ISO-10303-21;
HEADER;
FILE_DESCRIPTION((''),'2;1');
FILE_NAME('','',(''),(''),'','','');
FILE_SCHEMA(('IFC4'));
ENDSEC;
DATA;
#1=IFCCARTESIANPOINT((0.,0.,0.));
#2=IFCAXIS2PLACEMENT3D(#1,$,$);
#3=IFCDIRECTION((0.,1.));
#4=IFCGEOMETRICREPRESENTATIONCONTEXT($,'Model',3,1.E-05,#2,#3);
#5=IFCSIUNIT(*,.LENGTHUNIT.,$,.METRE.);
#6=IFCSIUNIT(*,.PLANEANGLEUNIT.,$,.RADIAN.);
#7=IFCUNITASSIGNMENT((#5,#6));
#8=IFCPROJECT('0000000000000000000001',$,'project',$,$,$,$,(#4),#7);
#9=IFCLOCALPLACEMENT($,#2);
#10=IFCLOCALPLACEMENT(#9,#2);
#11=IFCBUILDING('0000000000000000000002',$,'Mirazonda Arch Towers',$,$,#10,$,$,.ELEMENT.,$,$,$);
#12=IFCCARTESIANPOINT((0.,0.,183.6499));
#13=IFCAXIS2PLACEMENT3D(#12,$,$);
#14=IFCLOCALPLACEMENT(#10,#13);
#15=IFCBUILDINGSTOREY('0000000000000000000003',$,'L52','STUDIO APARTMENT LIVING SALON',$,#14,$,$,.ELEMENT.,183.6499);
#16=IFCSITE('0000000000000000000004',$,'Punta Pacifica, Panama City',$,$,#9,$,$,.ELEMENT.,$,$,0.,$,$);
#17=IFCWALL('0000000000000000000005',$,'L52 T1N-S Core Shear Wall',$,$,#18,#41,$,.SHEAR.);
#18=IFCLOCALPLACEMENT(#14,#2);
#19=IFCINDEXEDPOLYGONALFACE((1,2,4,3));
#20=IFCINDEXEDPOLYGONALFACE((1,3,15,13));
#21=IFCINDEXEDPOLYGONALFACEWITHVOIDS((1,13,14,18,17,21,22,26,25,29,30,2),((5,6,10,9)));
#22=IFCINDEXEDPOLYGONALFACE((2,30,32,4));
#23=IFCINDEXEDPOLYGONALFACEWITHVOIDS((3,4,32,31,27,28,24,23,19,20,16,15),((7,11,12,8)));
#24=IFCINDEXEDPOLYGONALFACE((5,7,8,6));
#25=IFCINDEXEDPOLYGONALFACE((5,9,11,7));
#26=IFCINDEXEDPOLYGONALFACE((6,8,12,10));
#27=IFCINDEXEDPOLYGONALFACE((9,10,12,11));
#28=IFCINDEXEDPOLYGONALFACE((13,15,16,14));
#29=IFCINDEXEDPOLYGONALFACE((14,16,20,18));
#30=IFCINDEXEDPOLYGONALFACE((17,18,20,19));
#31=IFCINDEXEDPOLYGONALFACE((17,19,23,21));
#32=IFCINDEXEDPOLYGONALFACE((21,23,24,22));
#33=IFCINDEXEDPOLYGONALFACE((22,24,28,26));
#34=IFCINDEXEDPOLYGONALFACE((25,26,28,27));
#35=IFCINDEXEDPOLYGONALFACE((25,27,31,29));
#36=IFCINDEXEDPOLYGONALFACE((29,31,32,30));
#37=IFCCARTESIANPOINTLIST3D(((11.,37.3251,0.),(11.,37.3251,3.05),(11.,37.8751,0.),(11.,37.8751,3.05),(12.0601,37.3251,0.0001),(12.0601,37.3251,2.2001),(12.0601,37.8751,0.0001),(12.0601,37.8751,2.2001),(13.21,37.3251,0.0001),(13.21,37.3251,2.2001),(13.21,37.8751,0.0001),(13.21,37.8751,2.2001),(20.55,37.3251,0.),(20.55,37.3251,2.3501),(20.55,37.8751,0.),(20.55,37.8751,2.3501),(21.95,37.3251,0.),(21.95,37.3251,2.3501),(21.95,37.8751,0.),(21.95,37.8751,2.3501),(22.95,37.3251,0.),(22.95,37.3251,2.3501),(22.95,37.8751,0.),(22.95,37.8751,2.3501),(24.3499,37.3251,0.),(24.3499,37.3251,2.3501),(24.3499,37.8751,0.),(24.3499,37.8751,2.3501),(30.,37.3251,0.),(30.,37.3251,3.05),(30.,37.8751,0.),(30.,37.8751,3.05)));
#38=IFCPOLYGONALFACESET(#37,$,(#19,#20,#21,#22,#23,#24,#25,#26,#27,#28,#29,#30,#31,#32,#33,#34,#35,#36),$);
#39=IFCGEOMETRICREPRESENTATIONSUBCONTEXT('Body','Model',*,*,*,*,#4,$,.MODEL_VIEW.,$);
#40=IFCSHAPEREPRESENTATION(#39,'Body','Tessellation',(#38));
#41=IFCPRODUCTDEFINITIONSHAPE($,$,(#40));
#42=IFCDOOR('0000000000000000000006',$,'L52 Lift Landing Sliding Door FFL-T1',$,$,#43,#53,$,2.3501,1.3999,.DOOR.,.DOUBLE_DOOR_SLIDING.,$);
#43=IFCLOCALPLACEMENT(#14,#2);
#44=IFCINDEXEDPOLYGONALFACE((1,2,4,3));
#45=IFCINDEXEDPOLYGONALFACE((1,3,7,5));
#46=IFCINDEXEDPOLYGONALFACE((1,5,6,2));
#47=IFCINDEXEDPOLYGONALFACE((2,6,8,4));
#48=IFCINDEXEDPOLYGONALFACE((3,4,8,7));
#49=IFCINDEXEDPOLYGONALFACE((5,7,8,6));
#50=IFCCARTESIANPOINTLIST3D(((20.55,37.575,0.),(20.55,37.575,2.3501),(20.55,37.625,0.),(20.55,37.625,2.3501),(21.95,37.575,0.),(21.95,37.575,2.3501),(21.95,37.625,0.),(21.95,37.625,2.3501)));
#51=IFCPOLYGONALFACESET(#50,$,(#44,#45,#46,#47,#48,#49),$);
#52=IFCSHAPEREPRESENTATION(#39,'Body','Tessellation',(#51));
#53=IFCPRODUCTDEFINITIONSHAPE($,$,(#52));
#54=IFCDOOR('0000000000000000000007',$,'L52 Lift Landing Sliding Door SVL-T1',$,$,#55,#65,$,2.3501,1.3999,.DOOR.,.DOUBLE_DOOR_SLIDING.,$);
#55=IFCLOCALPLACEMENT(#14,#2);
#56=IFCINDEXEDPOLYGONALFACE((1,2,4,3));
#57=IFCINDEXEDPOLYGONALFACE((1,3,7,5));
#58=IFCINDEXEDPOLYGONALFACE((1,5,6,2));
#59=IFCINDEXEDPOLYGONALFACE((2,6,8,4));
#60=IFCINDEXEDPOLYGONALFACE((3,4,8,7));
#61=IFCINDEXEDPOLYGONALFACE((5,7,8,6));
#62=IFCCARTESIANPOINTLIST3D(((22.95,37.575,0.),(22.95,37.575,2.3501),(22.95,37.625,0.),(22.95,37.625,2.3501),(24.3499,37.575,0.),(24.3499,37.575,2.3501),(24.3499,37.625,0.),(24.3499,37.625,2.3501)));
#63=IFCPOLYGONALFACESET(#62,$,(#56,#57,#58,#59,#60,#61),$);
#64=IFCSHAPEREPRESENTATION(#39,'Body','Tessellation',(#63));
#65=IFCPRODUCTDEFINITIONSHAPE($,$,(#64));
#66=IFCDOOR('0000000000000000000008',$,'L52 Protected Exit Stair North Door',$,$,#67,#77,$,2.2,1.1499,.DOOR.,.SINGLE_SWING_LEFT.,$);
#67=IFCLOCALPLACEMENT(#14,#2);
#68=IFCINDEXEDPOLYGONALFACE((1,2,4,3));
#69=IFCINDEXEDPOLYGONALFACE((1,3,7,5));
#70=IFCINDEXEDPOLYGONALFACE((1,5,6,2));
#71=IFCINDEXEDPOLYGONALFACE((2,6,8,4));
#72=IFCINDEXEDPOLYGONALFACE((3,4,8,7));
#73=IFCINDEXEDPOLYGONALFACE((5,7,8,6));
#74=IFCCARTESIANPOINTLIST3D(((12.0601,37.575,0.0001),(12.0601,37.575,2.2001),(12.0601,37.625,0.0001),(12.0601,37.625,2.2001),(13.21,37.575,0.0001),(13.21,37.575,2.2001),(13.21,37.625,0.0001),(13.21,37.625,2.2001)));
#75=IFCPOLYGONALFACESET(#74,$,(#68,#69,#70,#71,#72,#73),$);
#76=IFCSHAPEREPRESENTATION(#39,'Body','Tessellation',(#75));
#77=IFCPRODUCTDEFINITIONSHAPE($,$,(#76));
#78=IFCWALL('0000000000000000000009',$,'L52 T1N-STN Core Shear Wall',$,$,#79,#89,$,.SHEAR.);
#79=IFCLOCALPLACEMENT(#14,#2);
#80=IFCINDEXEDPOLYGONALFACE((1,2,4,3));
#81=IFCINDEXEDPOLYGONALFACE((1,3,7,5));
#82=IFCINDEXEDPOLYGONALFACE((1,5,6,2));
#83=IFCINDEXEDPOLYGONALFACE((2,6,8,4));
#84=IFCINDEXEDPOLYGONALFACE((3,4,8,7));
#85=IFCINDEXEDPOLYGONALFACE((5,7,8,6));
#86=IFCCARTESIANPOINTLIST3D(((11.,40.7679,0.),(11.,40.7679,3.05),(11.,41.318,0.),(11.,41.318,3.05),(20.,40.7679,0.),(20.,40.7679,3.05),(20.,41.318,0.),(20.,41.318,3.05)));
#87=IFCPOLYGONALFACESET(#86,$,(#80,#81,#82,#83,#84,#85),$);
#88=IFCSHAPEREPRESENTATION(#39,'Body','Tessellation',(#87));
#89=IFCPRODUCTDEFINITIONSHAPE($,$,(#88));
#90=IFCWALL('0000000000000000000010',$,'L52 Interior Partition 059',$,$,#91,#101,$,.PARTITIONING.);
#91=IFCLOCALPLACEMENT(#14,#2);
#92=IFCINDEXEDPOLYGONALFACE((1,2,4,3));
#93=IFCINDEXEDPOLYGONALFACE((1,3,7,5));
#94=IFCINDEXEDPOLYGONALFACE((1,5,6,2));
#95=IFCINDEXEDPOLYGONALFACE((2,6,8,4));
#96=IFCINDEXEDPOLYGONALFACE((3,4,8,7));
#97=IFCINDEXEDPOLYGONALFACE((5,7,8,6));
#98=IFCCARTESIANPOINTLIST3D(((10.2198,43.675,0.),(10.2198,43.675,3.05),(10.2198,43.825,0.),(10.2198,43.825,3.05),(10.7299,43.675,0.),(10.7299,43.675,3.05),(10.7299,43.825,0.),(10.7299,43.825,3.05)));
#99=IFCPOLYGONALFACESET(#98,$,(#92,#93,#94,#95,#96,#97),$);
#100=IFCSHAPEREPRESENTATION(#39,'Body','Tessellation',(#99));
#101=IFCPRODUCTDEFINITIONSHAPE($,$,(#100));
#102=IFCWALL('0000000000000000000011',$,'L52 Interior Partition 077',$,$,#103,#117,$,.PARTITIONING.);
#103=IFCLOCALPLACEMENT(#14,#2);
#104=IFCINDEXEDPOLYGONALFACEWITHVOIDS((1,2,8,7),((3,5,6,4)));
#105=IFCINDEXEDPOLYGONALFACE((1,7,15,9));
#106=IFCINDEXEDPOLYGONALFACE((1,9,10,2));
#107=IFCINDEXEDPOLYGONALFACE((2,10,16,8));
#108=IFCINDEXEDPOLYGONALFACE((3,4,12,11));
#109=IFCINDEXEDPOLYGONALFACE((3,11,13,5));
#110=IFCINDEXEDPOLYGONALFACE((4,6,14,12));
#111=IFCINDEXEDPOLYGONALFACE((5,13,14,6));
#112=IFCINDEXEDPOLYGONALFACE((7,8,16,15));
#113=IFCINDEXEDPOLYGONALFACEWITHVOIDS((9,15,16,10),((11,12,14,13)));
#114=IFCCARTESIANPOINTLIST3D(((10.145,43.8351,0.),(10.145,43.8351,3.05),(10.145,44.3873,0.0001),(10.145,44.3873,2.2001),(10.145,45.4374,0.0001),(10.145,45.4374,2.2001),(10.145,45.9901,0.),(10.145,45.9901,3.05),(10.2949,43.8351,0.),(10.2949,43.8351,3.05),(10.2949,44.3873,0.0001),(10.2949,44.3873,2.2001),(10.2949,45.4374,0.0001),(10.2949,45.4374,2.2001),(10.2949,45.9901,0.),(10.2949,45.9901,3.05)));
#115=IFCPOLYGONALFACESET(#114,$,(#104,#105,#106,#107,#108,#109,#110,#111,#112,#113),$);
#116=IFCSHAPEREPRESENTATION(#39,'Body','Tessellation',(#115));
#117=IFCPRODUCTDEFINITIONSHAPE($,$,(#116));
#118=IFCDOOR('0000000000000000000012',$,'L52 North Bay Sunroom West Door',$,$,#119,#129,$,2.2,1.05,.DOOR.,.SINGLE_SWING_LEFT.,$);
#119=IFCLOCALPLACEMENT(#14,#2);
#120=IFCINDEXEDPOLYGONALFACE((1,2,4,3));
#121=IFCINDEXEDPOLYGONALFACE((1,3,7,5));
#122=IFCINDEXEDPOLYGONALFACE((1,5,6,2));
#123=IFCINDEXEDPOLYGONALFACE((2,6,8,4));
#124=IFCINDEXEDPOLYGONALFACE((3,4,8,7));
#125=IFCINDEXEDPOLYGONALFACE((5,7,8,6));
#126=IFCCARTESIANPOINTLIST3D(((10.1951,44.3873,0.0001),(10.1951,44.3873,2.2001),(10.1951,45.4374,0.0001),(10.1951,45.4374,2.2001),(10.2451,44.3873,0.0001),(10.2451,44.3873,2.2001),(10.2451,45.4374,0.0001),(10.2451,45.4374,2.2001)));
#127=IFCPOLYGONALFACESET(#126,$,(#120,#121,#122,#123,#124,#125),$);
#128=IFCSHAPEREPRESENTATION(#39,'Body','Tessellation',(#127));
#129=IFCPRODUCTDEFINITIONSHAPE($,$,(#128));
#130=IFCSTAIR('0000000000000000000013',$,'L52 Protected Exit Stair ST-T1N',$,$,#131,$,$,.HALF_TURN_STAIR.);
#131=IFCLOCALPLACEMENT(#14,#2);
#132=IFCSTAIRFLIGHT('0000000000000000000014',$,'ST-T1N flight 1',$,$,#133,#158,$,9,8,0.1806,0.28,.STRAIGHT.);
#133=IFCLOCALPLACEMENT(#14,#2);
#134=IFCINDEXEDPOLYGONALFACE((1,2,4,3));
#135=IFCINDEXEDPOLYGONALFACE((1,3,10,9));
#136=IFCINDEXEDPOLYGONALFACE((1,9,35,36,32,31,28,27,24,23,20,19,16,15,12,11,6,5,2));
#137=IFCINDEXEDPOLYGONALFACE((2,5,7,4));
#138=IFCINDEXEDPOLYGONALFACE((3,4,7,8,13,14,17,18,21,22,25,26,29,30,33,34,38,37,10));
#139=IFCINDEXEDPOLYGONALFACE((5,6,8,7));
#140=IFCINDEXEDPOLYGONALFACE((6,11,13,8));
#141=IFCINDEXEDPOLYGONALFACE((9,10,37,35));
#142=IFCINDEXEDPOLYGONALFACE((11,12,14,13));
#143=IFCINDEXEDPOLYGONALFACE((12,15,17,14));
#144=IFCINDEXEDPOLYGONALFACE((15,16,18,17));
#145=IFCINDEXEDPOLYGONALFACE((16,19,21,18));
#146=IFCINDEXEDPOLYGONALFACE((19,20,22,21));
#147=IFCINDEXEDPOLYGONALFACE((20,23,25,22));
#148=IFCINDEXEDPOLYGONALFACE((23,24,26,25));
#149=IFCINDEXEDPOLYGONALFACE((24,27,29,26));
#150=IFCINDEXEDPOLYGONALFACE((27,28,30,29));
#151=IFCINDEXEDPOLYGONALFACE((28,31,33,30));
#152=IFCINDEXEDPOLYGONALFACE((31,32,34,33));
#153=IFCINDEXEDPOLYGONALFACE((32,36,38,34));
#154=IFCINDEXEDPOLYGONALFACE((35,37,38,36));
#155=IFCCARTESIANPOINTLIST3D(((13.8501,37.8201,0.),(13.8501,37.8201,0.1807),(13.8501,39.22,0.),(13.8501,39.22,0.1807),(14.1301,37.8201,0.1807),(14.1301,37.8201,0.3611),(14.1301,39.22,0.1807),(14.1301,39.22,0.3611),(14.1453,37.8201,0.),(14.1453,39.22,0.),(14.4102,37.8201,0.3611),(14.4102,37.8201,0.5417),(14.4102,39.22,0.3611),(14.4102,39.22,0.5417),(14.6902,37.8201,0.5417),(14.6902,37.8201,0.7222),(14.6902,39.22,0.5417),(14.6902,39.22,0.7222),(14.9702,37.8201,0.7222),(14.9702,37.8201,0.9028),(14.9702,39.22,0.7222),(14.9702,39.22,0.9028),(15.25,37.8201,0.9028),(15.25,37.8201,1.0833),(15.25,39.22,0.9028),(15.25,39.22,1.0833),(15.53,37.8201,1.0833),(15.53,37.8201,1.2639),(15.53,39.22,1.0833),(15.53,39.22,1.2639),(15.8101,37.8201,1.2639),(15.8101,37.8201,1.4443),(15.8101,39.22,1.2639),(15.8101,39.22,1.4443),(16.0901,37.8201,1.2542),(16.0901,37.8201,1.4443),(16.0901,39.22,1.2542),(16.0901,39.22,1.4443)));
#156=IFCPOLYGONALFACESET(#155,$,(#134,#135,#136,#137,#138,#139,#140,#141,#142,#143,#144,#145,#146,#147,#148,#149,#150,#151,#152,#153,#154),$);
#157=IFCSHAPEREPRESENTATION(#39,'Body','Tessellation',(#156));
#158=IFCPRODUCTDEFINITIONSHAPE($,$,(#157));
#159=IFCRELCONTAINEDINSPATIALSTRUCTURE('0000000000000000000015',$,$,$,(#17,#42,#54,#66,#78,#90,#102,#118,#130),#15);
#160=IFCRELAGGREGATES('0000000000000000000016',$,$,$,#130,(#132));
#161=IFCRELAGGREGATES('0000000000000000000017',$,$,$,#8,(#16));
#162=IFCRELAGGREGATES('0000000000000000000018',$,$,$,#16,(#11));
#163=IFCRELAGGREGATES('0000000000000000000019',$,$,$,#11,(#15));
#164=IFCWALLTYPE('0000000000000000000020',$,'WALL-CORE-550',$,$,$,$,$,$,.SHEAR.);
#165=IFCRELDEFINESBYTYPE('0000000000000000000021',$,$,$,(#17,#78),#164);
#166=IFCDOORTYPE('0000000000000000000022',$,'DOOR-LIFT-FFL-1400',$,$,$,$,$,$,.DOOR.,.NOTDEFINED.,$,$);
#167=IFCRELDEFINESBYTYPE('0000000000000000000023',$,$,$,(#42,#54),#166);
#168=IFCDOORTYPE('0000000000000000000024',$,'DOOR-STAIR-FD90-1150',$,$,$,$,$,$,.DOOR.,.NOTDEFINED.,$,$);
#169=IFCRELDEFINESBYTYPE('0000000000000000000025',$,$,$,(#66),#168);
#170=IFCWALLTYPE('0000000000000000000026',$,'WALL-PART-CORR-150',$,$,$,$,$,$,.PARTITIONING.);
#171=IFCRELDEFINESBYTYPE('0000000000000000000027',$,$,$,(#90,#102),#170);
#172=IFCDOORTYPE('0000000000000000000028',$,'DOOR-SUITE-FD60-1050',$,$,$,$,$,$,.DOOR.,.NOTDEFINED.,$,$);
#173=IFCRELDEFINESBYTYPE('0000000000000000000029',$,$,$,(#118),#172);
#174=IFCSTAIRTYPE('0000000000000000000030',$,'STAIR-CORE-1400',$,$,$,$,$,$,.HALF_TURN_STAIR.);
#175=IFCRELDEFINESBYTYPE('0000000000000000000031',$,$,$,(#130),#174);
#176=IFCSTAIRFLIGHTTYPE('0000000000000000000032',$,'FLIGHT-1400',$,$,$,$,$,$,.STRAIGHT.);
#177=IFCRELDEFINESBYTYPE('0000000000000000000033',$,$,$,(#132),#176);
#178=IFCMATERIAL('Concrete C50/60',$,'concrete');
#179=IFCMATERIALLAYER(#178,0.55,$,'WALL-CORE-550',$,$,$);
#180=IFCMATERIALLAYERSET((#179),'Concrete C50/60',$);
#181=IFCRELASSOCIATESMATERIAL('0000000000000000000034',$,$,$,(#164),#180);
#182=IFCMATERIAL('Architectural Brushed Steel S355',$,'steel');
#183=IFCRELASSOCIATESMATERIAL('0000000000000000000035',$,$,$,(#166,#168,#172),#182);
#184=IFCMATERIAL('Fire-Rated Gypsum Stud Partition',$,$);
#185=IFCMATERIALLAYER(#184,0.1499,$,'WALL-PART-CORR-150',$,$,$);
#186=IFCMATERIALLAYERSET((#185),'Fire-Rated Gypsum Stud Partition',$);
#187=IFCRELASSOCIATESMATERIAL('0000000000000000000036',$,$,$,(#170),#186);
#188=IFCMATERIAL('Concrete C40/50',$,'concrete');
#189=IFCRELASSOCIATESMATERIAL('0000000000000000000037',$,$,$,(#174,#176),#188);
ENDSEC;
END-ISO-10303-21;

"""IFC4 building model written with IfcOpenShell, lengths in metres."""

from ifc_helpers import new_model, si_unit, direction, frame, frame_2d, origin, place, context, subcontext, project, spatial, polyline, rectangle, outline, extrude, material, layer, layer_set, type_object, element, fill, aggregate, save


model = new_model("IFC4")

# Units and contexts
model_context = context("Model", 3, precision=1e-05, world=origin(), true_north=direction((0.0, 1.0)))
body_context = subcontext(model_context, "Body", "Model", "MODEL_VIEW")
ifc_project = project(units=[si_unit("LENGTHUNIT", "METRE"), si_unit("PLANEANGLEUNIT", "RADIAN")], contexts=[model_context])

# Site, building, storey
site_placement = place(None, origin())
site = spatial("IfcSite", under=ifc_project, at=site_placement, Name="Punta Pacifica, Panama City", CompositionType="ELEMENT", RefElevation=0.0)
building_placement = place(site_placement, origin())
building = spatial("IfcBuilding", under=site, at=building_placement, Name="Mirazonda Arch Towers", CompositionType="ELEMENT")
storey_placement = place(building_placement, frame((0.0, 0.0, 183.6499)))
storey = spatial("IfcBuildingStorey", under=building, at=storey_placement, Name="L52", Description="STUDIO APARTMENT LIVING SALON", CompositionType="ELEMENT", Elevation=183.6499)

# Shared definitions
ifc_material_1 = material(Name="Concrete C50/60", Category="concrete")

# Shared definitions
ifc_layer_1 = layer(ifc_material_1, 0.55, Name="WALL-CORE-550")
ifc_layer_set_1 = layer_set([ifc_layer_1], Name="Concrete C50/60")
wall_type_1 = type_object("IfcWallType", Name="WALL-CORE-550", PredefinedType="SHEAR", material=ifc_layer_set_1)

# Wall, openings, doors
wall_1_placement = place(storey_placement, frame((11.0, 37.6001, 0.0), z_axis=(0.0, 0.0, 1.0), x_axis=(1.0, 0.0, 0.0)))
wall_1 = element("IfcWall", 1, at=wall_1_placement, inside=storey, type_object=wall_type_1, Name="L52 T1N-S Core Shear Wall", PredefinedType="SHEAR", context=body_context, shape_type="SweptSolid", body=[
    extrude(rectangle(XDim=19.0, YDim=0.55, at=frame_2d((9.5, 0.0))), origin(), (0.0, 0.0, 1.0), 3.05),
])
opening_1_placement = place(wall_1_placement, frame((1.0601, 0.0, 0.0)))
opening_1 = element("IfcOpeningElement", 2, at=opening_1_placement, cuts=wall_1, PredefinedType="OPENING", context=body_context, shape_type="SweptSolid", body=[
    extrude(rectangle(XDim=1.1499, YDim=2.2, at=frame_2d((0.575, 1.1001))), frame((0.0, 0.2849, 0.0), z_axis=(0.0, -1.0, 0.0), x_axis=(1.0, 0.0, 0.0)), (0.0, 0.0, 1.0), 0.5701),
])
opening_2_placement = place(wall_1_placement, frame((9.55, 0.0, 0.0)))
opening_2 = element("IfcOpeningElement", 3, at=opening_2_placement, cuts=wall_1, PredefinedType="OPENING", context=body_context, shape_type="SweptSolid", body=[
    extrude(rectangle(XDim=1.3999, YDim=2.3501, at=frame_2d((0.7, 1.175))), frame((0.0, 0.2849, 0.0), z_axis=(0.0, -1.0, 0.0), x_axis=(1.0, 0.0, 0.0)), (0.0, 0.0, 1.0), 0.5701),
])
opening_3_placement = place(wall_1_placement, frame((11.95, 0.0, 0.0)))
opening_3 = element("IfcOpeningElement", 4, at=opening_3_placement, cuts=wall_1, PredefinedType="OPENING", context=body_context, shape_type="SweptSolid", body=[
    extrude(rectangle(XDim=1.3999, YDim=2.3501, at=frame_2d((0.7, 1.175))), frame((0.0, 0.2849, 0.0), z_axis=(0.0, -1.0, 0.0), x_axis=(1.0, 0.0, 0.0)), (0.0, 0.0, 1.0), 0.5701),
])
ifc_material_2 = material(Name="Architectural Brushed Steel S355", Category="steel")
door_type_1 = type_object("IfcDoorType", Name="DOOR-LIFT-FFL-1400", OperationType="NOTDEFINED", PredefinedType="DOOR", material=ifc_material_2)
door_1_placement = place(opening_2_placement, origin())
door_1 = element("IfcDoor", 5, at=door_1_placement, inside=storey, type_object=door_type_1, Name="L52 Lift Landing Sliding Door FFL-T1", OperationType="DOUBLE_DOOR_SLIDING", OverallHeight=2.3501, OverallWidth=1.3999, PredefinedType="DOOR", context=body_context, shape_type="SweptSolid", body=[
    extrude(rectangle(XDim=1.3999, YDim=2.3501, at=frame_2d((0.7, 1.175))), frame((0.0, 0.0249, 0.0), z_axis=(0.0, -1.0, 0.0), x_axis=(1.0, 0.0, 0.0)), (0.0, 0.0, 1.0), 0.05),
])
fill(opening_2, door_1)
door_2_placement = place(opening_3_placement, origin())
door_2 = element("IfcDoor", 6, at=door_2_placement, inside=storey, type_object=door_type_1, Name="L52 Lift Landing Sliding Door SVL-T1", OperationType="DOUBLE_DOOR_SLIDING", OverallHeight=2.3501, OverallWidth=1.3999, PredefinedType="DOOR", context=body_context, shape_type="SweptSolid", body=[
    extrude(rectangle(XDim=1.3999, YDim=2.3501, at=frame_2d((0.7, 1.175))), frame((0.0, 0.0249, 0.0), z_axis=(0.0, -1.0, 0.0), x_axis=(1.0, 0.0, 0.0)), (0.0, 0.0, 1.0), 0.05),
])
fill(opening_3, door_2)
door_type_2 = type_object("IfcDoorType", Name="DOOR-STAIR-FD90-1150", OperationType="NOTDEFINED", PredefinedType="DOOR", material=ifc_material_2)
door_3_placement = place(opening_1_placement, origin())
door_3 = element("IfcDoor", 7, at=door_3_placement, inside=storey, type_object=door_type_2, Name="L52 Protected Exit Stair North Door", OperationType="SINGLE_SWING_LEFT", OverallHeight=2.2, OverallWidth=1.1499, PredefinedType="DOOR", context=body_context, shape_type="SweptSolid", body=[
    extrude(rectangle(XDim=1.1499, YDim=2.2, at=frame_2d((0.575, 1.1001))), frame((0.0, 0.0249, 0.0), z_axis=(0.0, -1.0, 0.0), x_axis=(1.0, 0.0, 0.0)), (0.0, 0.0, 1.0), 0.05),
])
fill(opening_1, door_3)

# Walls
wall_2_placement = place(storey_placement, frame((11.0, 41.043, 0.0), z_axis=(0.0, 0.0, 1.0), x_axis=(1.0, 0.0, 0.0)))
element("IfcWall", 8, at=wall_2_placement, inside=storey, type_object=wall_type_1, Name="L52 T1N-STN Core Shear Wall", PredefinedType="SHEAR", context=body_context, shape_type="SweptSolid", body=[
    extrude(rectangle(XDim=9.0, YDim=0.55, at=frame_2d((4.5, 0.0))), origin(), (0.0, 0.0, 1.0), 3.05),
])
ifc_material_3 = material(Name="Fire-Rated Gypsum Stud Partition")
ifc_layer_2 = layer(ifc_material_3, 0.1499, Name="WALL-PART-CORR-150")
ifc_layer_set_2 = layer_set([ifc_layer_2], Name="Fire-Rated Gypsum Stud Partition")
wall_type_2 = type_object("IfcWallType", Name="WALL-PART-CORR-150", PredefinedType="PARTITIONING", material=ifc_layer_set_2)
wall_3_placement = place(storey_placement, frame((10.22, 43.75, 0.0), z_axis=(0.0, 0.0, 1.0), x_axis=(1.0, 0.0, 0.0)))
element("IfcWall", 9, at=wall_3_placement, inside=storey, type_object=wall_type_2, Name="L52 Interior Partition 059", PredefinedType="PARTITIONING", context=body_context, shape_type="SweptSolid", body=[
    extrude(rectangle(XDim=0.51, YDim=0.1499, at=frame_2d((0.2549, 0.0))), origin(), (0.0, 0.0, 1.0), 3.05),
])

# Wall, opening, door
wall_4_placement = place(storey_placement, frame((10.22, 43.835, 0.0), z_axis=(0.0, 0.0, 1.0), x_axis=(0.0, 1.0, 0.0)))
wall_4 = element("IfcWall", 10, at=wall_4_placement, inside=storey, type_object=wall_type_2, Name="L52 Interior Partition 077", PredefinedType="PARTITIONING", context=body_context, shape_type="SweptSolid", body=[
    extrude(rectangle(XDim=2.155, YDim=0.1499, at=frame_2d((1.0776, 0.0))), origin(), (0.0, 0.0, 1.0), 3.05),
])
opening_4_placement = place(wall_4_placement, frame((0.5525, 0.0, 0.0)))
opening_4 = element("IfcOpeningElement", 11, at=opening_4_placement, cuts=wall_4, PredefinedType="OPENING", context=body_context, shape_type="SweptSolid", body=[
    extrude(rectangle(XDim=1.05, YDim=2.2, at=frame_2d((0.5249, 1.1001))), frame((0.0, 0.085, 0.0), z_axis=(0.0, -1.0, 0.0), x_axis=(1.0, 0.0, 0.0)), (0.0, 0.0, 1.0), 0.1699),
])
door_type_3 = type_object("IfcDoorType", Name="DOOR-SUITE-FD60-1050", OperationType="NOTDEFINED", PredefinedType="DOOR", material=ifc_material_2)
door_4_placement = place(opening_4_placement, origin())
door_4 = element("IfcDoor", 12, at=door_4_placement, inside=storey, type_object=door_type_3, Name="L52 North Bay Sunroom West Door", OperationType="SINGLE_SWING_LEFT", OverallHeight=2.2, OverallWidth=1.05, PredefinedType="DOOR", context=body_context, shape_type="SweptSolid", body=[
    extrude(rectangle(XDim=1.05, YDim=2.2, at=frame_2d((0.5249, 1.1001))), frame((0.0, 0.0249, 0.0), z_axis=(0.0, -1.0, 0.0), x_axis=(1.0, 0.0, 0.0)), (0.0, 0.0, 1.0), 0.05),
])
fill(opening_4, door_4)

# Stair, stair flight
ifc_material_4 = material(Name="Concrete C40/50", Category="concrete")
stair_type = type_object("IfcStairType", Name="STAIR-CORE-1400", PredefinedType="HALF_TURN_STAIR", material=ifc_material_4)
stair_placement = place(storey_placement, origin())
stair = element("IfcStair", 13, at=stair_placement, inside=storey, type_object=stair_type, Name="L52 Protected Exit Stair ST-T1N", PredefinedType="HALF_TURN_STAIR")
stair_flight_type = type_object("IfcStairFlightType", Name="FLIGHT-1400", PredefinedType="STRAIGHT", material=ifc_material_4)
stair_flight_placement = place(storey_placement, frame((13.8501, 38.52, 0.0), z_axis=(0.0, 0.0, 1.0), x_axis=(1.0, 0.0, 0.0)))
stair_flight = element("IfcStairFlight", 14, at=stair_flight_placement, type_object=stair_flight_type, Name="ST-T1N flight 1", NumberOfRisers=9, NumberOfTreads=8, PredefinedType="STRAIGHT", RiserHeight=0.1806, TreadLength=0.28, context=body_context, shape_type="SweptSolid", body=[
    extrude(outline(polyline([(0.0, 0.0), (0.0, 0.1807), (0.28, 0.1807), (0.28, 0.3611), (0.5601, 0.3611), (0.5601, 0.5417), (0.8401, 0.5417), (0.8401, 0.7222), (1.1201, 0.7222), (1.1201, 0.9028), (1.3999, 0.9028), (1.3999, 1.0833), (1.6799, 1.0833), (1.6799, 1.2639), (1.96, 1.2639), (1.96, 1.4443), (2.24, 1.4443), (2.24, 1.625), (2.24, 1.2542), (0.2952, 0.0), (0.0, 0.0)])), frame((0.0, 0.7, 0.0), z_axis=(0.0, -1.0, 0.0), x_axis=(1.0, 0.0, 0.0)), (0.0, 0.0, 1.0), 1.3999),
])
aggregate(stair, [stair_flight])

save(model, "model.ifc")
